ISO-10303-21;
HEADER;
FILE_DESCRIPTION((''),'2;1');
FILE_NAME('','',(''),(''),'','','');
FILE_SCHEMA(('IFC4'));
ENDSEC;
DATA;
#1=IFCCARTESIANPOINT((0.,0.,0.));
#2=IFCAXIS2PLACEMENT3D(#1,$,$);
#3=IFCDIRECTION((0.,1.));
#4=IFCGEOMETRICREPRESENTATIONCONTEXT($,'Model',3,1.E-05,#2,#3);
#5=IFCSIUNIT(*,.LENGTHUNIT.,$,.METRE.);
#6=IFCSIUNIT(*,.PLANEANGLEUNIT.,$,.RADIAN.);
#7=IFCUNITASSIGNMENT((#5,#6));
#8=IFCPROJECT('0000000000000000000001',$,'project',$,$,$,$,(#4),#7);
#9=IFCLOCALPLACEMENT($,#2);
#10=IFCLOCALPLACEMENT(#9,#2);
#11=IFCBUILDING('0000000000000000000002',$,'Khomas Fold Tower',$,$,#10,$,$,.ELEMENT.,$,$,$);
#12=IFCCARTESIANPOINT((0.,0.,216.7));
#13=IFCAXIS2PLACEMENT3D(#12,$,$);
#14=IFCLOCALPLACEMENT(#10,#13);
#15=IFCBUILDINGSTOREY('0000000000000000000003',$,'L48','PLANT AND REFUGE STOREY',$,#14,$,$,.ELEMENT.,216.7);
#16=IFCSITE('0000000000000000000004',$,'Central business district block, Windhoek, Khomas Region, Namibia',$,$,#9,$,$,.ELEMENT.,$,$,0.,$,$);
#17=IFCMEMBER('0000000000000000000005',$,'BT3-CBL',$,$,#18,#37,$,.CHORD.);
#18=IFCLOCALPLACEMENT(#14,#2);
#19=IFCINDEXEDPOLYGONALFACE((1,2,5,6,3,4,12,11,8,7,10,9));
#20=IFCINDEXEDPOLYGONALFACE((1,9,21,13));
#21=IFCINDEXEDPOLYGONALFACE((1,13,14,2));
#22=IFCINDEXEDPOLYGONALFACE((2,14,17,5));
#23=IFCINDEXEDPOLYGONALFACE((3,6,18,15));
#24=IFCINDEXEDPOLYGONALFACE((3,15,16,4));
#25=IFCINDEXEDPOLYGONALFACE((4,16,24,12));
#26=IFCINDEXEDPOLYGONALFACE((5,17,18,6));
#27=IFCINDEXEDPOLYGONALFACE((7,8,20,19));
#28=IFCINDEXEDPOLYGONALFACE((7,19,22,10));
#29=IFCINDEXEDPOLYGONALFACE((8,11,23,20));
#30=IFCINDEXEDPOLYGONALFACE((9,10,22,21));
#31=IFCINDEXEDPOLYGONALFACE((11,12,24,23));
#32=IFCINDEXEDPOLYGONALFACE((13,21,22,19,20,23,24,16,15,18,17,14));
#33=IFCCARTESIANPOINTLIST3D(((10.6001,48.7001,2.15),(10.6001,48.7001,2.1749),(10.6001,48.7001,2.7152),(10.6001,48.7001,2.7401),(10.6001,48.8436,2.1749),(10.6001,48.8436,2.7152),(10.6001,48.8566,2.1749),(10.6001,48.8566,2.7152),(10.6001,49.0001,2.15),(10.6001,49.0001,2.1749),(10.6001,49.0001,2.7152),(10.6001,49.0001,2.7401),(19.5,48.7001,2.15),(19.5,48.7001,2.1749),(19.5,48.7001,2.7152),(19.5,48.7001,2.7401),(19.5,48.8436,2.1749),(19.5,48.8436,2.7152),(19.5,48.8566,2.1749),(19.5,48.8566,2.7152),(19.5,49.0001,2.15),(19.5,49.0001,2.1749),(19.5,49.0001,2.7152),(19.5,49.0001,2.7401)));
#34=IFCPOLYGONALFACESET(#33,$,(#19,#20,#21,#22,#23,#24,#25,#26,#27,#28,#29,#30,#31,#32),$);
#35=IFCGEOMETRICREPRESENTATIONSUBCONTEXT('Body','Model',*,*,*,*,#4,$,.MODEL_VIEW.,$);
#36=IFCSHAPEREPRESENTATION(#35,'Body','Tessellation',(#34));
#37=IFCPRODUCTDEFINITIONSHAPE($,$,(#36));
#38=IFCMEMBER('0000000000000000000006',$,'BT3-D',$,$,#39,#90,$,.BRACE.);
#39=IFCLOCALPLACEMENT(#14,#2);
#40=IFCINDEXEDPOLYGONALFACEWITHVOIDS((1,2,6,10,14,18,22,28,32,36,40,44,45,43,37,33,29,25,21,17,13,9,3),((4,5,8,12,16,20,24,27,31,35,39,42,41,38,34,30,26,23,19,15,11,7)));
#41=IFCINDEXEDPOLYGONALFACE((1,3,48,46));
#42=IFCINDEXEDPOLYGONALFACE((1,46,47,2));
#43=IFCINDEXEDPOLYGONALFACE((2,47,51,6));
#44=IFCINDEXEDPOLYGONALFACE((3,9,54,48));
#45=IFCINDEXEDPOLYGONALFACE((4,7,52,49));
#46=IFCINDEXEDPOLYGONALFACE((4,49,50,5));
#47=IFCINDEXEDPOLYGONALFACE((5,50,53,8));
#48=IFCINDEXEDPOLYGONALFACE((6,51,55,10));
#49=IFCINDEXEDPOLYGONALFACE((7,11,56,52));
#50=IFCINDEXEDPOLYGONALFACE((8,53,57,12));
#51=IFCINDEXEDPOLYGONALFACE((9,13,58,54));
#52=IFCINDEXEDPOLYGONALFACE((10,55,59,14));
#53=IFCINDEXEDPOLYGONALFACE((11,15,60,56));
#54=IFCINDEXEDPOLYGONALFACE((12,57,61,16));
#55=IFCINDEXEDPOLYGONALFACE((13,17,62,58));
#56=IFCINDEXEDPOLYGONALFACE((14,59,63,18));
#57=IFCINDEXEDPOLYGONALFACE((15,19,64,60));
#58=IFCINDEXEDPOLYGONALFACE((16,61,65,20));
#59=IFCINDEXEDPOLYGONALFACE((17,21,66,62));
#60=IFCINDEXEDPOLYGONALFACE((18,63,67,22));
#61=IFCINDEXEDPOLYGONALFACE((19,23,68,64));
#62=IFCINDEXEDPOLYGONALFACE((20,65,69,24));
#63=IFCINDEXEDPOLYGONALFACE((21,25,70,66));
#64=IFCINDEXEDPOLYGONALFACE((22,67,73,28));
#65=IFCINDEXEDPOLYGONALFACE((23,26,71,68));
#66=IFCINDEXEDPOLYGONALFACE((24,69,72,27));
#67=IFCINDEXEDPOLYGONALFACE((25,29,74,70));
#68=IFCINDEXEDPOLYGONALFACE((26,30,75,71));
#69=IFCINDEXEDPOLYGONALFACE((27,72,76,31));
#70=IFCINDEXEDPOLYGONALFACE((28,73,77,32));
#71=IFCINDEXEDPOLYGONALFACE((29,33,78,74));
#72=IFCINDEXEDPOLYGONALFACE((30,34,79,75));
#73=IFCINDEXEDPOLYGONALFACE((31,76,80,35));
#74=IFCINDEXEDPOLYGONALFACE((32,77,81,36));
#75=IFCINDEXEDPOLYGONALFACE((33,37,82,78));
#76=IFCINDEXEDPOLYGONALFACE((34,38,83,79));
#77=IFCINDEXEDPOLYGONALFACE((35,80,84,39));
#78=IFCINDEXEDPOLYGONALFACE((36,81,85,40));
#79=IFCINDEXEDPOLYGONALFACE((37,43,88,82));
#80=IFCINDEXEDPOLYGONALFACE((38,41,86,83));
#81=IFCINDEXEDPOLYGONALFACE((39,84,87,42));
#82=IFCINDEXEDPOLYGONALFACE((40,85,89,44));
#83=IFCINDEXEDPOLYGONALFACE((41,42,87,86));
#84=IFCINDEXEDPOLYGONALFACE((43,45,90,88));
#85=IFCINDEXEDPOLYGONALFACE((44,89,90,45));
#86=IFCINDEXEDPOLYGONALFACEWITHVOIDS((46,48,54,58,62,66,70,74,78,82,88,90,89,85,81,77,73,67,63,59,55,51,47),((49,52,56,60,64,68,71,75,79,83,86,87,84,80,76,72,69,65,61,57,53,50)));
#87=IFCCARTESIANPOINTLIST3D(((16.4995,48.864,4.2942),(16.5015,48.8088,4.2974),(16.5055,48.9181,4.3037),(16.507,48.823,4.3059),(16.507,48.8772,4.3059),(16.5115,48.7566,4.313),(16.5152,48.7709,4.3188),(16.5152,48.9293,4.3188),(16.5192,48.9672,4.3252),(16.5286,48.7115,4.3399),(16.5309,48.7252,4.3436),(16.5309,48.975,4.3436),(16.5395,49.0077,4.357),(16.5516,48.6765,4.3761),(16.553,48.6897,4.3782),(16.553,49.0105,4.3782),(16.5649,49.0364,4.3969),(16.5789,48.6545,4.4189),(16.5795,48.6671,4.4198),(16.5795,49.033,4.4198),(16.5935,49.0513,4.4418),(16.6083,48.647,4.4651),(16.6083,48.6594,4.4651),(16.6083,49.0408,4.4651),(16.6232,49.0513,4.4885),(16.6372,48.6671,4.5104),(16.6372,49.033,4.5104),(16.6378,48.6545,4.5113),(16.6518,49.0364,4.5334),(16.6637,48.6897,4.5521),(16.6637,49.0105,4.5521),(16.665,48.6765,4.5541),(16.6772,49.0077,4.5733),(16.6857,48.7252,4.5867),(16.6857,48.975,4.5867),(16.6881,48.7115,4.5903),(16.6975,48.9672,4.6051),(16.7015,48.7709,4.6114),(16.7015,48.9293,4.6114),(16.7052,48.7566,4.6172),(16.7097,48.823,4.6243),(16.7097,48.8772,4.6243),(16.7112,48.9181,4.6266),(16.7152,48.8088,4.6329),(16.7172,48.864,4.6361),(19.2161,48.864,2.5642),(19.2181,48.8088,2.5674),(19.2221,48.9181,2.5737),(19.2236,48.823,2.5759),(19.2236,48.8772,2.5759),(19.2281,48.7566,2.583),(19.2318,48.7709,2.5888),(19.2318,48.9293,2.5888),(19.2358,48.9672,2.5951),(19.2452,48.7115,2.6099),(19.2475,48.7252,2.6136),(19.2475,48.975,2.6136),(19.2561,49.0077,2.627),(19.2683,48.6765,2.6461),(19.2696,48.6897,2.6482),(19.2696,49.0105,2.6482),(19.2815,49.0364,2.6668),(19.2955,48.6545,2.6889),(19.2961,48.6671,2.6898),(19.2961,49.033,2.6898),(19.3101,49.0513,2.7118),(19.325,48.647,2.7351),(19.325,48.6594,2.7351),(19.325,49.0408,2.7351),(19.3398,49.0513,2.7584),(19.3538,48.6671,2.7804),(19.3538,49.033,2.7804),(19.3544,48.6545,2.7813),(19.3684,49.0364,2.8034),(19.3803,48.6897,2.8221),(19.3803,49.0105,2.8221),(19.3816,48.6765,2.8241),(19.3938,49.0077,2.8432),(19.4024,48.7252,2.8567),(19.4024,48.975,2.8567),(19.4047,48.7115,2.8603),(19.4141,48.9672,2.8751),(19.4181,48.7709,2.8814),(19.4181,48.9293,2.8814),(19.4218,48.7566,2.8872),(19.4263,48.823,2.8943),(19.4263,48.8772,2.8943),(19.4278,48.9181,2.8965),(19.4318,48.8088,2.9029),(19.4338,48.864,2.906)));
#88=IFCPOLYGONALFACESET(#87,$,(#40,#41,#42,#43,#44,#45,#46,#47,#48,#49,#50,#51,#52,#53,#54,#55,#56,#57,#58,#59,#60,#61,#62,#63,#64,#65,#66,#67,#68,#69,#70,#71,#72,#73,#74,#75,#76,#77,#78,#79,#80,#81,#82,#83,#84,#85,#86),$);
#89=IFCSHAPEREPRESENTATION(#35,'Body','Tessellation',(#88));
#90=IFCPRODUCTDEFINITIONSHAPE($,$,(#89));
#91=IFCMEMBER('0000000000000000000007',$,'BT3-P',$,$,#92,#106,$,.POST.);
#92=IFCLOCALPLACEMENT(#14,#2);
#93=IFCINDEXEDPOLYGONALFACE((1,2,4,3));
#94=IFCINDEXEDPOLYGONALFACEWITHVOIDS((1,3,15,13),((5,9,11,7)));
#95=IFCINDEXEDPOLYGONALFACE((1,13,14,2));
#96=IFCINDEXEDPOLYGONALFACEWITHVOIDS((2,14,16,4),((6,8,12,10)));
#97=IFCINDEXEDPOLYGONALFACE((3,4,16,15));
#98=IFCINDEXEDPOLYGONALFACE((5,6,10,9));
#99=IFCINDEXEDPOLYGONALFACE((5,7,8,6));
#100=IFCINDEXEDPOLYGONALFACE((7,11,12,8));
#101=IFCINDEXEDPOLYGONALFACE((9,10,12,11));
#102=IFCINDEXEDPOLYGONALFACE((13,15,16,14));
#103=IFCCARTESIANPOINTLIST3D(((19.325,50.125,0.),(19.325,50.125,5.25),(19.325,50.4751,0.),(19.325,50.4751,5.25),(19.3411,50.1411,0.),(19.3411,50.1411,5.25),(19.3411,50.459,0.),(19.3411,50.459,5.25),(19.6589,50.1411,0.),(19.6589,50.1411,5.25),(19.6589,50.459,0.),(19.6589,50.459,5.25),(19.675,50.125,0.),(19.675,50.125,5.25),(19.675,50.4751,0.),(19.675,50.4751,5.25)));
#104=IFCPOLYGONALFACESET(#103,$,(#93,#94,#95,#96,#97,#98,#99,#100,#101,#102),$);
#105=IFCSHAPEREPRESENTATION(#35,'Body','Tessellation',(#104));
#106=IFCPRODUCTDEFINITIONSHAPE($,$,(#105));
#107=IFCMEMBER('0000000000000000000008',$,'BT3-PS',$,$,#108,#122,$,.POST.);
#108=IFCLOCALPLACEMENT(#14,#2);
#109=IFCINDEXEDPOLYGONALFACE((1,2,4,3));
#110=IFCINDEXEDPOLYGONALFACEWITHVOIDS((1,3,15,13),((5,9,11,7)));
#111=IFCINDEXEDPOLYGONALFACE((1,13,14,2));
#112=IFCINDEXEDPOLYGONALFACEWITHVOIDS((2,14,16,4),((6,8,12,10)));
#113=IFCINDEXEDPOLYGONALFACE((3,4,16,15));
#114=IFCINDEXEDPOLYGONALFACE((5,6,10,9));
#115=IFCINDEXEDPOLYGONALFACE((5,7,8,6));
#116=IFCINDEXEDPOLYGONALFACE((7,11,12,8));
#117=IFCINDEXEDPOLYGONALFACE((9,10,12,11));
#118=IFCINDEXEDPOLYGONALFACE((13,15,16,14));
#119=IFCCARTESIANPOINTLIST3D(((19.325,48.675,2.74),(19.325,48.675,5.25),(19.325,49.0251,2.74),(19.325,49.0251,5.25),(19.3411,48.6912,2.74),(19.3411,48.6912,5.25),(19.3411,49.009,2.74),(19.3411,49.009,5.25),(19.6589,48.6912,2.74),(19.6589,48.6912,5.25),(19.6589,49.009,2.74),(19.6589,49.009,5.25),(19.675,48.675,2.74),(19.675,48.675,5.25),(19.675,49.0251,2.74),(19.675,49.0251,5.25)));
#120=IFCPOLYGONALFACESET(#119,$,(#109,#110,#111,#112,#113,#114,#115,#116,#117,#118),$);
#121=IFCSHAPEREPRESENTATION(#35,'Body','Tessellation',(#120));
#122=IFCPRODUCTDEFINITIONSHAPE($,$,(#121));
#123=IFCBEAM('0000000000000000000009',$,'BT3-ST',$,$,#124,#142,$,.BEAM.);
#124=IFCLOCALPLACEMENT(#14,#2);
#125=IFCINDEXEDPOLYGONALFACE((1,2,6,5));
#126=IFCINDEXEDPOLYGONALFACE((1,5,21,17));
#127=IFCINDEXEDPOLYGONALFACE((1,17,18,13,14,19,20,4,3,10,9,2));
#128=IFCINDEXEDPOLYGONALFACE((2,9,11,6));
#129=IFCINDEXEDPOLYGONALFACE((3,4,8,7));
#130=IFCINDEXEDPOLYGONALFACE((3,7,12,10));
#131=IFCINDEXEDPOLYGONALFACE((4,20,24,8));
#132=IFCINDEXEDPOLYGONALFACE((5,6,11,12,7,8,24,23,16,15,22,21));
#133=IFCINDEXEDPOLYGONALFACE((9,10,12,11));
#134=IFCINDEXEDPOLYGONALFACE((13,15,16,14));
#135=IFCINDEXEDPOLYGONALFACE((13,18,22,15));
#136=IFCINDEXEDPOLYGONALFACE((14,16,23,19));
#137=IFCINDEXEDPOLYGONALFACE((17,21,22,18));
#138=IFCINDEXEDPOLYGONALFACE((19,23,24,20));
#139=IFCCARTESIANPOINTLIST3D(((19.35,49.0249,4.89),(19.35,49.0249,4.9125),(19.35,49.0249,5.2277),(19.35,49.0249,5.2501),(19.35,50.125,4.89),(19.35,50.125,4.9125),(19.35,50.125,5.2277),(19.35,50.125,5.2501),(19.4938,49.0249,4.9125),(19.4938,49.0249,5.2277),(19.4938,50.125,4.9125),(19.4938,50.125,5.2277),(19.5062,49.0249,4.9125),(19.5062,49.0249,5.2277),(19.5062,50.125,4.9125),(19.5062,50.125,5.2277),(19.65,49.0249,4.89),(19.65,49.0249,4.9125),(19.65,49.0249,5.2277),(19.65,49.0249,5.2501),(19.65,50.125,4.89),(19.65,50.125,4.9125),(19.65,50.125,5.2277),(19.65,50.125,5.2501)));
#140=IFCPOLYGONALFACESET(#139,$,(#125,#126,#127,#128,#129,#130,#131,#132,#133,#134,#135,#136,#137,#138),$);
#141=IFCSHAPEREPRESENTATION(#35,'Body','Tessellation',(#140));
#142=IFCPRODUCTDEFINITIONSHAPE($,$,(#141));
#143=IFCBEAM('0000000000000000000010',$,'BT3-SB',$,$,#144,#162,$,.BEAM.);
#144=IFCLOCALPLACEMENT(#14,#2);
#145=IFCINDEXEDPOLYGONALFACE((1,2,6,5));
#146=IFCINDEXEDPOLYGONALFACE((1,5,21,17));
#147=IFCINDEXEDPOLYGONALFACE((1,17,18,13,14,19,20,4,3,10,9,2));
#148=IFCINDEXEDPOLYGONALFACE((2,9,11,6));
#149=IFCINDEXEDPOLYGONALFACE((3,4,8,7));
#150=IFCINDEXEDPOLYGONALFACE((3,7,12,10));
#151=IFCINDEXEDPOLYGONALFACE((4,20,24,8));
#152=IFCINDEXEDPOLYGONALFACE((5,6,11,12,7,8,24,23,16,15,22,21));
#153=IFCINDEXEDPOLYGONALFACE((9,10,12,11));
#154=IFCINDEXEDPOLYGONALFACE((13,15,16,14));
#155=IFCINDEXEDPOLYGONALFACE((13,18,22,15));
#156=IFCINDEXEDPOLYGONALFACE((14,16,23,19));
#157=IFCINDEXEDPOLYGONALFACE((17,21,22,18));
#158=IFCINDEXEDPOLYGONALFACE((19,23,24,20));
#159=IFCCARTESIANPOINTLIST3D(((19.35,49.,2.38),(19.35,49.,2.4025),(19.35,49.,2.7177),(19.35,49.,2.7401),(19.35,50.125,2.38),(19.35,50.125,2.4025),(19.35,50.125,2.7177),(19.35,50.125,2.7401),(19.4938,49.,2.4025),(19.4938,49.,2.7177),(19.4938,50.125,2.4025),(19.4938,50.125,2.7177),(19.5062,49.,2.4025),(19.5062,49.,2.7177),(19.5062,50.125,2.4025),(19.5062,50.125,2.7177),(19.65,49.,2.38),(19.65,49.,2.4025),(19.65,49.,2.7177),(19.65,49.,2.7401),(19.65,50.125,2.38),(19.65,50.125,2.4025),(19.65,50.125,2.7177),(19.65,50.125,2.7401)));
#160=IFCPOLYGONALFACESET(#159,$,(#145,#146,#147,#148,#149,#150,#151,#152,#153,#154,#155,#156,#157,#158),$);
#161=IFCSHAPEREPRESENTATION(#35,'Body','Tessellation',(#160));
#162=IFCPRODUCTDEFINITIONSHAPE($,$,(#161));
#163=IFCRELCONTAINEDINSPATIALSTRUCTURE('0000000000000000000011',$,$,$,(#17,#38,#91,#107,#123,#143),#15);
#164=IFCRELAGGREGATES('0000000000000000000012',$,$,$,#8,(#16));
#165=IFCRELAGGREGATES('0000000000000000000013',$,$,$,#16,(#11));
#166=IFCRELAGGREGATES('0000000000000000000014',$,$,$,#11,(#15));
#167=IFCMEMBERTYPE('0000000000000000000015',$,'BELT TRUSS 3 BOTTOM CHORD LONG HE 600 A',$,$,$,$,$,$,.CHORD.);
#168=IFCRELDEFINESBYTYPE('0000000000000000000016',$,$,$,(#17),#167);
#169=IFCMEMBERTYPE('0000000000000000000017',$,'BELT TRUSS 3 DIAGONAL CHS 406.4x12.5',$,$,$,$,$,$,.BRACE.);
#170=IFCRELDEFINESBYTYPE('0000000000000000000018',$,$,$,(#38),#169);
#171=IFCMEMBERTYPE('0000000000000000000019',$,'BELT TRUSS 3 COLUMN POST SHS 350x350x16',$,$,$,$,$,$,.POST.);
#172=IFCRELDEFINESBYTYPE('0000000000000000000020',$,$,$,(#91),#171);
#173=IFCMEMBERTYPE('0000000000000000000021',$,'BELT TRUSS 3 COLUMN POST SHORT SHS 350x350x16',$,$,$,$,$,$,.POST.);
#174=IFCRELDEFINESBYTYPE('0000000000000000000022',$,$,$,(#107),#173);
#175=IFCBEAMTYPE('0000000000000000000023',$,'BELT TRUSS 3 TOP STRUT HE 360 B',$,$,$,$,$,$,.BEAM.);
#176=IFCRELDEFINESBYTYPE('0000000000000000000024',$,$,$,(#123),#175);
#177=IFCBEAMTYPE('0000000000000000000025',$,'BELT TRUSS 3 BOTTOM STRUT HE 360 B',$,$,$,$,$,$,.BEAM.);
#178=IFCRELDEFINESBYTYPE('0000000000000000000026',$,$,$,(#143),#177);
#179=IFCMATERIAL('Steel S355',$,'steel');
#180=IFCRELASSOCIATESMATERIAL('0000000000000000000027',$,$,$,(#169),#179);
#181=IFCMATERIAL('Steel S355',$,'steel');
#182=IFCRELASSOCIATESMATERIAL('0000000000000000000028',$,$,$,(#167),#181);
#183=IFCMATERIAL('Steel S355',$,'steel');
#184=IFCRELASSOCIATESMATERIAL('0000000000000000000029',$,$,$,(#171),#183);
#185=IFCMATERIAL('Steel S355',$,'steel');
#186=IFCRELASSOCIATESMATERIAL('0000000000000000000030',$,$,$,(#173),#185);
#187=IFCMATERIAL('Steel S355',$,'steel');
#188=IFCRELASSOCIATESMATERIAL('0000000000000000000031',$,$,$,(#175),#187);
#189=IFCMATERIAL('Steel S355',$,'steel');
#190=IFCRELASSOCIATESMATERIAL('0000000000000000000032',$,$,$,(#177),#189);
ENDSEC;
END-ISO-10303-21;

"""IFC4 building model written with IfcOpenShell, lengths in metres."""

from ifc_helpers import new_model, si_unit, direction, frame, origin, origin_2d, place, context, subcontext, project, spatial, hollow_rectangle, hollow_circle, i_section, extrude, source, transform, mapped, material, material_profile, profile_set, type_object, element, save


model = new_model("IFC4")

# Units and contexts
model_context = context("Model", 3, precision=1e-05, world=origin(), true_north=direction((0.0, 1.0)))
body_context = subcontext(model_context, "Body", "Model", "MODEL_VIEW")
ifc_project = project(units=[si_unit("LENGTHUNIT", "METRE"), si_unit("PLANEANGLEUNIT", "RADIAN")], contexts=[model_context])

# Site, building, storey
site_placement = place(None, origin())
site = spatial("IfcSite", under=ifc_project, at=site_placement, Name="Central business district block, Windhoek, Khomas Region, Namibia", CompositionType="ELEMENT", RefElevation=0.0)
building_placement = place(site_placement, origin())
building = spatial("IfcBuilding", under=site, at=building_placement, Name="Khomas Fold Tower", CompositionType="ELEMENT")
storey_placement = place(building_placement, frame((0.0, 0.0, 216.7)))
storey = spatial("IfcBuildingStorey", under=building, at=storey_placement, Name="L48", Description="PLANT AND REFUGE STOREY", CompositionType="ELEMENT", Elevation=216.7)

# Members
ifc_material_1 = material(Name="Steel S355", Category="steel")
ifc_material_profile_1 = material_profile(ifc_material_1, hollow_circle(Radius=0.2031, WallThickness=0.0125, at=origin_2d()), Name="CHS 406.4x12.5")
ifc_profile_set_1 = profile_set([ifc_material_profile_1], Name="Steel S355")
member_type_1 = type_object("IfcMemberType", Name="BELT TRUSS 3 DIAGONAL CHS 406.4x12.5", PredefinedType="BRACE", material=ifc_profile_set_1)
ifc_material_2 = material(Name="Steel S355", Category="steel")
ifc_material_profile_2 = material_profile(ifc_material_2, i_section(OverallWidth=0.3, OverallDepth=0.5901, WebThickness=0.0129, FlangeThickness=0.0249, at=origin_2d()), Name="HE 600 A")
ifc_profile_set_2 = profile_set([ifc_material_profile_2], Name="Steel S355")
member_type_2 = type_object("IfcMemberType", Name="BELT TRUSS 3 BOTTOM CHORD LONG HE 600 A", PredefinedType="CHORD", material=ifc_profile_set_2)
shared_shape_1 = source(origin(), body_context, "Body", "SweptSolid", [
    extrude(i_section(OverallWidth=0.3, OverallDepth=0.5901, WebThickness=0.0129, FlangeThickness=0.0249, at=origin_2d()), origin(), (0.0, 0.0, 1.0), 8.8999),
])
member_1_placement = place(storey_placement, frame((19.5, 48.8501, 2.4451), z_axis=(-1.0, 0.0, 0.0), x_axis=(0.0, -1.0, 0.0)))
element("IfcMember", 1, at=member_1_placement, inside=storey, type_object=member_type_2, Name="BT3-CBL", PredefinedType="CHORD", context=body_context, shape_type="MappedRepresentation", body=[
    mapped(shared_shape_1, transform((0.0, 0.0, 0.0))),
])
shared_shape_2 = source(origin(), body_context, "Body", "SweptSolid", [
    extrude(hollow_circle(Radius=0.2031, WallThickness=0.0125, at=origin_2d()), origin(), (0.0, 0.0, 1.0), 3.2207),
])
member_2_placement = place(storey_placement, frame((19.325, 48.8501, 2.7351), z_axis=(-0.843484, 0.0, 0.537155), x_axis=(0.0, -1.0, 0.0)))
element("IfcMember", 2, at=member_2_placement, inside=storey, type_object=member_type_1, Name="BT3-D", PredefinedType="BRACE", context=body_context, shape_type="MappedRepresentation", body=[
    mapped(shared_shape_2, transform((0.0, 0.0, 0.0))),
])
ifc_material_3 = material(Name="Steel S355", Category="steel")
ifc_material_profile_3 = material_profile(ifc_material_3, hollow_rectangle(XDim=0.3501, YDim=0.3501, WallThickness=0.0161, at=origin_2d()), Name="SHS 350x350x16")
ifc_profile_set_3 = profile_set([ifc_material_profile_3], Name="Steel S355")
member_type_3 = type_object("IfcMemberType", Name="BELT TRUSS 3 COLUMN POST SHS 350x350x16", PredefinedType="POST", material=ifc_profile_set_3)
shared_shape_3 = source(origin(), body_context, "Body", "SweptSolid", [
    extrude(hollow_rectangle(XDim=0.3501, YDim=0.3501, WallThickness=0.0161, at=origin_2d()), origin(), (0.0, 0.0, 1.0), 5.25),
])
member_3_placement = place(storey_placement, frame((19.5, 50.3, 0.0), z_axis=(0.0, 0.0, 1.0), x_axis=(1.0, 0.0, 0.0)))
element("IfcMember", 3, at=member_3_placement, inside=storey, type_object=member_type_3, Name="BT3-P", PredefinedType="POST", context=body_context, shape_type="MappedRepresentation", body=[
    mapped(shared_shape_3, transform((0.0, 0.0, 0.0))),
])
ifc_material_4 = material(Name="Steel S355", Category="steel")
ifc_material_profile_4 = material_profile(ifc_material_4, hollow_rectangle(XDim=0.3501, YDim=0.3501, WallThickness=0.0161, at=origin_2d()), Name="SHS 350x350x16")
ifc_profile_set_4 = profile_set([ifc_material_profile_4], Name="Steel S355")
member_type_4 = type_object("IfcMemberType", Name="BELT TRUSS 3 COLUMN POST SHORT SHS 350x350x16", PredefinedType="POST", material=ifc_profile_set_4)
shared_shape_4 = source(origin(), body_context, "Body", "SweptSolid", [
    extrude(hollow_rectangle(XDim=0.3501, YDim=0.3501, WallThickness=0.0161, at=origin_2d()), origin(), (0.0, 0.0, 1.0), 2.51),
])
member_4_placement = place(storey_placement, frame((19.5, 48.8501, 2.74), z_axis=(0.0, 0.0, 1.0), x_axis=(1.0, 0.0, 0.0)))
element("IfcMember", 4, at=member_4_placement, inside=storey, type_object=member_type_4, Name="BT3-PS", PredefinedType="POST", context=body_context, shape_type="MappedRepresentation", body=[
    mapped(shared_shape_4, transform((0.0, 0.0, 0.0))),
])

# Beams
ifc_material_5 = material(Name="Steel S355", Category="steel")
ifc_material_profile_5 = material_profile(ifc_material_5, i_section(OverallWidth=0.3, OverallDepth=0.3601, WebThickness=0.0125, FlangeThickness=0.0225, at=origin_2d()), Name="HE 360 B")
ifc_profile_set_5 = profile_set([ifc_material_profile_5], Name="Steel S355")
beam_type_1 = type_object("IfcBeamType", Name="BELT TRUSS 3 TOP STRUT HE 360 B", PredefinedType="BEAM", material=ifc_profile_set_5)
shared_shape_5 = source(origin(), body_context, "Body", "SweptSolid", [
    extrude(i_section(OverallWidth=0.3, OverallDepth=0.3601, WebThickness=0.0125, FlangeThickness=0.0225, at=origin_2d()), origin(), (0.0, 0.0, 1.0), 1.1001),
])
beam_1_placement = place(storey_placement, frame((19.5, 49.0249, 5.0701), z_axis=(0.0, 1.0, 0.0), x_axis=(-1.0, 0.0, 0.0)))
element("IfcBeam", 5, at=beam_1_placement, inside=storey, type_object=beam_type_1, Name="BT3-ST", PredefinedType="BEAM", context=body_context, shape_type="MappedRepresentation", body=[
    mapped(shared_shape_5, transform((0.0, 0.0, 0.0))),
])
ifc_material_6 = material(Name="Steel S355", Category="steel")
ifc_material_profile_6 = material_profile(ifc_material_6, i_section(OverallWidth=0.3, OverallDepth=0.3601, WebThickness=0.0125, FlangeThickness=0.0225, at=origin_2d()), Name="HE 360 B")
ifc_profile_set_6 = profile_set([ifc_material_profile_6], Name="Steel S355")
beam_type_2 = type_object("IfcBeamType", Name="BELT TRUSS 3 BOTTOM STRUT HE 360 B", PredefinedType="BEAM", material=ifc_profile_set_6)
shared_shape_6 = source(origin(), body_context, "Body", "SweptSolid", [
    extrude(i_section(OverallWidth=0.3, OverallDepth=0.3601, WebThickness=0.0125, FlangeThickness=0.0225, at=origin_2d()), origin(), (0.0, 0.0, 1.0), 1.125),
])
beam_2_placement = place(storey_placement, frame((19.5, 49.0, 2.5601), z_axis=(0.0, 1.0, 0.0), x_axis=(-1.0, 0.0, 0.0)))
element("IfcBeam", 6, at=beam_2_placement, inside=storey, type_object=beam_type_2, Name="BT3-SB", PredefinedType="BEAM", context=body_context, shape_type="MappedRepresentation", body=[
    mapped(shared_shape_6, transform((0.0, 0.0, 0.0))),
])

save(model, "model.ifc")
